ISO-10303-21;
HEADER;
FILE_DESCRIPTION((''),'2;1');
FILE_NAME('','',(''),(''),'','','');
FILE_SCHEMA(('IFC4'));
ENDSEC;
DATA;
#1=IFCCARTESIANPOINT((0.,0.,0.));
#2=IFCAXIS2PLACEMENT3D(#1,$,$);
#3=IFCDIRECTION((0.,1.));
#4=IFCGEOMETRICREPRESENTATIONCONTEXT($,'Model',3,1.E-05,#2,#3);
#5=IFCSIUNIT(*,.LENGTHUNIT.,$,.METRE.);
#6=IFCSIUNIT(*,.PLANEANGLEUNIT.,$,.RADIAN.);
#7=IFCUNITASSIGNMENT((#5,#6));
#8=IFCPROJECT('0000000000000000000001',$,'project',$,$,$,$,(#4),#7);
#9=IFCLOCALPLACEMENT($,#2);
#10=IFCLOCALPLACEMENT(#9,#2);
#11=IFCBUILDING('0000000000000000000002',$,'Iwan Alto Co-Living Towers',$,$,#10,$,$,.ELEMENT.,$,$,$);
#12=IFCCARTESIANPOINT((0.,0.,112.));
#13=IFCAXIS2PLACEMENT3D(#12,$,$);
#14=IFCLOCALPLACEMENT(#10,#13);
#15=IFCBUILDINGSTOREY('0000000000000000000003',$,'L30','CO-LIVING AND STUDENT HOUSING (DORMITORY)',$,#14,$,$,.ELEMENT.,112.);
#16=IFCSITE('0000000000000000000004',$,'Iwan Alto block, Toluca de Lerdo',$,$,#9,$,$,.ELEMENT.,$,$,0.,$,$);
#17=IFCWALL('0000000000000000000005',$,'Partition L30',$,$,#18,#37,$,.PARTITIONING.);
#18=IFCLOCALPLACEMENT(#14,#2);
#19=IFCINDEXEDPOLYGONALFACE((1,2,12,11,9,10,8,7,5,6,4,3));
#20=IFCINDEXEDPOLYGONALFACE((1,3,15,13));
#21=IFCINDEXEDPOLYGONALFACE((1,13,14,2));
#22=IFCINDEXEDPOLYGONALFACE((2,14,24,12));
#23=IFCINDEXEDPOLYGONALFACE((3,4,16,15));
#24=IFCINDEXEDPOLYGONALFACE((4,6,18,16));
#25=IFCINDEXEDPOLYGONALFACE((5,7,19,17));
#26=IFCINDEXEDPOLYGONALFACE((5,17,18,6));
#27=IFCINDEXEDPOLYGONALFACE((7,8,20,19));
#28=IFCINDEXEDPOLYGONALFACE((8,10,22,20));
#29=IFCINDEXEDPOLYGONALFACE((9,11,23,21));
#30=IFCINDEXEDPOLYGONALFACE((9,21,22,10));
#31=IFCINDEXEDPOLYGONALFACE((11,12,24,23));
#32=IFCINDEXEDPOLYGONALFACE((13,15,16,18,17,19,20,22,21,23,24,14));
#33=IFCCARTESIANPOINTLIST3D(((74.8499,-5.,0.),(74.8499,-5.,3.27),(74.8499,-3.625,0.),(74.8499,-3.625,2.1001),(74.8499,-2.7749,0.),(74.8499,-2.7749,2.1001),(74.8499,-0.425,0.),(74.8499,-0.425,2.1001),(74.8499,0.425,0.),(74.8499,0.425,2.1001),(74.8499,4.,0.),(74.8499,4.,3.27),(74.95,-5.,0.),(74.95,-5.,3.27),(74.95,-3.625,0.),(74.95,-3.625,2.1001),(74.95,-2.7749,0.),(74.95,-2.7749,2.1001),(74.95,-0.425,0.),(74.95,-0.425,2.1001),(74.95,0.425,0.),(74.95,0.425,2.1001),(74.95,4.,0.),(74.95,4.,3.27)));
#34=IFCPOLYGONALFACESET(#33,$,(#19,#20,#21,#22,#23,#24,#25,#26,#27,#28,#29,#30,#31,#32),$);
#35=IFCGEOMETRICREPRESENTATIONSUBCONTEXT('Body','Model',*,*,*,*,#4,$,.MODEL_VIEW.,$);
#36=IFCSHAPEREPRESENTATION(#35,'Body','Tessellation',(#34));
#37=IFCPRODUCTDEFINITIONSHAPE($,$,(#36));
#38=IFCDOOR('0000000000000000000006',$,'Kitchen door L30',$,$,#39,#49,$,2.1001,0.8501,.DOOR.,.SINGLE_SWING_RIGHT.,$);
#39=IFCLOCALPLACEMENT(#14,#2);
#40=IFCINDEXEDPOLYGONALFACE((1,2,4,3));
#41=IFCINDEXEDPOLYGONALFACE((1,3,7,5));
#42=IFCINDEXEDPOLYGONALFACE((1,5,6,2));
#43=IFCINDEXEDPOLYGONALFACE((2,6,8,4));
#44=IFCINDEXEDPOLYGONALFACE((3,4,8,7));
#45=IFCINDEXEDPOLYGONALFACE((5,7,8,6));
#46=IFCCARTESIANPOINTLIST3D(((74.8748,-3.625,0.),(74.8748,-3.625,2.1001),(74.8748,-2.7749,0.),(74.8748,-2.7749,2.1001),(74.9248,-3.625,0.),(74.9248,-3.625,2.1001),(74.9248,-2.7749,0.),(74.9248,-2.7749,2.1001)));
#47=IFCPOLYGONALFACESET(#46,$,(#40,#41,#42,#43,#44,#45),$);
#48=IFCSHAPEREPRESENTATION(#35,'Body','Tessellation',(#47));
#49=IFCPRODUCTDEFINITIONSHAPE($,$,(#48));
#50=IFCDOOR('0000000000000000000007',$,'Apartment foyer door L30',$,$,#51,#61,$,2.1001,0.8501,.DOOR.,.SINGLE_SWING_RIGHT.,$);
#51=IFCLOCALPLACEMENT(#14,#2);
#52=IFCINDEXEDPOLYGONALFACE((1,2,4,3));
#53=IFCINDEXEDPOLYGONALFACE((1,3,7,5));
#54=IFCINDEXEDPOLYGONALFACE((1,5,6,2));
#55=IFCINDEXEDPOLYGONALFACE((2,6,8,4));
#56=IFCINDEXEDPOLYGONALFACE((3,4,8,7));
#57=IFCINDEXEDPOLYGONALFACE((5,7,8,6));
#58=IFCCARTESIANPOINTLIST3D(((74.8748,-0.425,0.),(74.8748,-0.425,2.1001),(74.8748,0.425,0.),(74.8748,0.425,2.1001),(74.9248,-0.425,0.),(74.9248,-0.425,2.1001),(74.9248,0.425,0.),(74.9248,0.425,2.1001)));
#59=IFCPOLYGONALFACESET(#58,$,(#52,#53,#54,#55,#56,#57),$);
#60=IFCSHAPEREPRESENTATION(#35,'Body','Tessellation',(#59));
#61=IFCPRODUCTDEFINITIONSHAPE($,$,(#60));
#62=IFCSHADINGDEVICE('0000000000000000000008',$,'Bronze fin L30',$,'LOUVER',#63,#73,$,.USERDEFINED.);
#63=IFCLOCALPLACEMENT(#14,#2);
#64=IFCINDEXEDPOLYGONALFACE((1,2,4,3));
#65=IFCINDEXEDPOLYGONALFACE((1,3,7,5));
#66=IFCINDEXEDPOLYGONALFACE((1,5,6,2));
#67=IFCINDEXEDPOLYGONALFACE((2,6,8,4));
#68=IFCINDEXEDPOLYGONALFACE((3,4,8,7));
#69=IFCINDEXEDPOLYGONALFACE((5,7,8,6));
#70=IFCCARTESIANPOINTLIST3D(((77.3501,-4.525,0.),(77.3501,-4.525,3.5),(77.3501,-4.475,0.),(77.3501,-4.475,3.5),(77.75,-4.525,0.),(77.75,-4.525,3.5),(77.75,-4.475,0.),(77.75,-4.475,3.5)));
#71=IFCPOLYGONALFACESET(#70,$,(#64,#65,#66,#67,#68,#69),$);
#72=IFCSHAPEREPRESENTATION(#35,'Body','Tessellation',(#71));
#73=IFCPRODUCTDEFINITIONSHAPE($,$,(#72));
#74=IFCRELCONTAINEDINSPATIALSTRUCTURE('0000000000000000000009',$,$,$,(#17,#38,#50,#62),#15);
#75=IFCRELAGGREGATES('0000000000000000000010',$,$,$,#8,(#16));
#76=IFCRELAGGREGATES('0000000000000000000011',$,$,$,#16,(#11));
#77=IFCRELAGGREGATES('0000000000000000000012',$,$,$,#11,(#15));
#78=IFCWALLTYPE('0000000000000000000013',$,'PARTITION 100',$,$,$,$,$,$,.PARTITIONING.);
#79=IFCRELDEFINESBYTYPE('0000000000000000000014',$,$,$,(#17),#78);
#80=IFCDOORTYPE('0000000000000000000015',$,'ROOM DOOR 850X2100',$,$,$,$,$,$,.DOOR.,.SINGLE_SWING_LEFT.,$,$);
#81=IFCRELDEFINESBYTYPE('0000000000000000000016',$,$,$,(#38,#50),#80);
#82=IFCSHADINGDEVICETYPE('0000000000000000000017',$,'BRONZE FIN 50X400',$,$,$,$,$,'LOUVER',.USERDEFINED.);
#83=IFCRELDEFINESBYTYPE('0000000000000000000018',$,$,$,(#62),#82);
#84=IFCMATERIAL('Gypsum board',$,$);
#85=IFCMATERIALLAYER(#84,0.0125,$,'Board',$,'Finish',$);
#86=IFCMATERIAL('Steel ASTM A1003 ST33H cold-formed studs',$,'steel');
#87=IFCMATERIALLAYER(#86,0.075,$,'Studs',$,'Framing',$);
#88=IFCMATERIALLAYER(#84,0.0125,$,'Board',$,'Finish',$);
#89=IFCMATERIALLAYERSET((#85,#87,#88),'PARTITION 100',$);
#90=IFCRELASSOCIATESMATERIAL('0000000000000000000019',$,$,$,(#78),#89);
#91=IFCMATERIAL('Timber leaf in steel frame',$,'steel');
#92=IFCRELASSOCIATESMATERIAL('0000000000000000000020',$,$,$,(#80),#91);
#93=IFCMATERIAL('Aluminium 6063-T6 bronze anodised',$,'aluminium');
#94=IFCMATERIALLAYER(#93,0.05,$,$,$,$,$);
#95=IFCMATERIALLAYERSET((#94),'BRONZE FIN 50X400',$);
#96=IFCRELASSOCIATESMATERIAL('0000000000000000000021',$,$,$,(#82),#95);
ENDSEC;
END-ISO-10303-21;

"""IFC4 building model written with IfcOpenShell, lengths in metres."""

from ifc_helpers import new_model, si_unit, direction, frame, frame_2d, origin, origin_2d, place, context, subcontext, project, spatial, rectangle, extrude, material, layer, layer_set, type_object, element, fill, save


model = new_model("IFC4")

# Units and contexts
model_context = context("Model", 3, precision=1e-05, world=origin(), true_north=direction((0.0, 1.0)))
body_context = subcontext(model_context, "Body", "Model", "MODEL_VIEW")
ifc_project = project(units=[si_unit("LENGTHUNIT", "METRE"), si_unit("PLANEANGLEUNIT", "RADIAN")], contexts=[model_context])

# Site, building, storey
site_placement = place(None, origin())
site = spatial("IfcSite", under=ifc_project, at=site_placement, Name="Iwan Alto block, Toluca de Lerdo", CompositionType="ELEMENT", RefElevation=0.0)
building_placement = place(site_placement, origin())
building = spatial("IfcBuilding", under=site, at=building_placement, Name="Iwan Alto Co-Living Towers", CompositionType="ELEMENT")
storey_placement = place(building_placement, frame((0.0, 0.0, 112.0)))
storey = spatial("IfcBuildingStorey", under=building, at=storey_placement, Name="L30", Description="CO-LIVING AND STUDENT HOUSING (DORMITORY)", CompositionType="ELEMENT", Elevation=112.0)

# Shared definitions
ifc_material_1 = material(Name="Gypsum board")
ifc_material_2 = material(Name="Steel ASTM A1003 ST33H cold-formed studs", Category="steel")
ifc_layer_1 = layer(ifc_material_1, 0.0125, Name="Board", Category="Finish")
ifc_layer_2 = layer(ifc_material_2, 0.075, Name="Studs", Category="Framing")
ifc_layer_3 = layer(ifc_material_1, 0.0125, Name="Board", Category="Finish")
ifc_layer_set_1 = layer_set([ifc_layer_1, ifc_layer_2, ifc_layer_3], Name="PARTITION 100")
wall_type_1 = type_object("IfcWallType", Name="PARTITION 100", PredefinedType="PARTITIONING", material=ifc_layer_set_1)
ifc_material_3 = material(Name="Timber leaf in steel frame", Category="steel")
door_type_1 = type_object("IfcDoorType", Name="ROOM DOOR 850X2100", OperationType="SINGLE_SWING_LEFT", PredefinedType="DOOR", material=ifc_material_3)

# Wall, openings, doors
wall_1_placement = place(storey_placement, frame((74.8999, -5.0, 0.0), z_axis=(0.0, 0.0, 1.0), x_axis=(0.0, 1.0, 0.0)))
wall_1 = element("IfcWall", 1, at=wall_1_placement, inside=storey, type_object=wall_type_1, Name="Partition L30", PredefinedType="PARTITIONING", context=body_context, shape_type="SweptSolid", body=[
    extrude(rectangle(XDim=9.0, YDim=0.1001, at=frame_2d((4.5, 0.0))), origin(), (0.0, 0.0, 1.0), 3.27),
])
opening_1_placement = place(wall_1_placement, frame((1.375, 0.0, 0.0)))
opening_1 = element("IfcOpeningElement", 2, at=opening_1_placement, cuts=wall_1, PredefinedType="OPENING", context=body_context, shape_type="SweptSolid", body=[
    extrude(rectangle(XDim=0.8501, YDim=2.1001, at=frame_2d((0.425, 1.05))), frame((0.0, 0.0601, 0.0), z_axis=(0.0, -1.0, 0.0), x_axis=(1.0, 0.0, 0.0)), (0.0, 0.0, 1.0), 0.1201),
])
opening_2_placement = place(wall_1_placement, frame((4.575, 0.0, 0.0)))
opening_2 = element("IfcOpeningElement", 3, at=opening_2_placement, cuts=wall_1, PredefinedType="OPENING", context=body_context, shape_type="SweptSolid", body=[
    extrude(rectangle(XDim=0.8501, YDim=2.1001, at=frame_2d((0.425, 1.05))), frame((0.0, 0.0601, 0.0), z_axis=(0.0, -1.0, 0.0), x_axis=(1.0, 0.0, 0.0)), (0.0, 0.0, 1.0), 0.1201),
])
door_1_placement = place(opening_1_placement, frame((0.8501, 0.0, 0.0), z_axis=(0.0, 0.0, 1.0), x_axis=(-1.0, 0.0, 0.0)))
door_1 = element("IfcDoor", 4, at=door_1_placement, inside=storey, type_object=door_type_1, Name="Kitchen door L30", OperationType="SINGLE_SWING_RIGHT", OverallHeight=2.1001, OverallWidth=0.8501, PredefinedType="DOOR", context=body_context, shape_type="SweptSolid", body=[
    extrude(rectangle(XDim=0.8501, YDim=2.1001, at=frame_2d((0.425, 1.05))), frame((0.0, 0.0249, 0.0), z_axis=(0.0, -1.0, 0.0), x_axis=(1.0, 0.0, 0.0)), (0.0, 0.0, 1.0), 0.05),
])
fill(opening_1, door_1)
door_2_placement = place(opening_2_placement, frame((0.8501, 0.0, 0.0), z_axis=(0.0, 0.0, 1.0), x_axis=(-1.0, 0.0, 0.0)))
door_2 = element("IfcDoor", 5, at=door_2_placement, inside=storey, type_object=door_type_1, Name="Apartment foyer door L30", OperationType="SINGLE_SWING_RIGHT", OverallHeight=2.1001, OverallWidth=0.8501, PredefinedType="DOOR", context=body_context, shape_type="SweptSolid", body=[
    extrude(rectangle(XDim=0.8501, YDim=2.1001, at=frame_2d((0.425, 1.05))), frame((0.0, 0.0249, 0.0), z_axis=(0.0, -1.0, 0.0), x_axis=(1.0, 0.0, 0.0)), (0.0, 0.0, 1.0), 0.05),
])
fill(opening_2, door_2)

# Shading device
ifc_material_4 = material(Name="Aluminium 6063-T6 bronze anodised", Category="aluminium")
ifc_layer_4 = layer(ifc_material_4, 0.05)
ifc_layer_set_2 = layer_set([ifc_layer_4], Name="BRONZE FIN 50X400")
shading_device_type = type_object("IfcShadingDeviceType", Name="BRONZE FIN 50X400", ElementType="LOUVER", PredefinedType="USERDEFINED", material=ifc_layer_set_2)
shading_device_placement = place(storey_placement, frame((77.55, -4.5, 0.0), z_axis=(0.0, 0.0, 1.0), x_axis=(0.0, 1.0, 0.0)))
element("IfcShadingDevice", 6, at=shading_device_placement, inside=storey, type_object=shading_device_type, Name="Bronze fin L30", ObjectType="LOUVER", PredefinedType="USERDEFINED", context=body_context, shape_type="SweptSolid", body=[
    extrude(rectangle(XDim=0.05, YDim=0.3999, at=origin_2d()), origin(), (0.0, 0.0, 1.0), 3.5),
])

save(model, "model.ifc")
